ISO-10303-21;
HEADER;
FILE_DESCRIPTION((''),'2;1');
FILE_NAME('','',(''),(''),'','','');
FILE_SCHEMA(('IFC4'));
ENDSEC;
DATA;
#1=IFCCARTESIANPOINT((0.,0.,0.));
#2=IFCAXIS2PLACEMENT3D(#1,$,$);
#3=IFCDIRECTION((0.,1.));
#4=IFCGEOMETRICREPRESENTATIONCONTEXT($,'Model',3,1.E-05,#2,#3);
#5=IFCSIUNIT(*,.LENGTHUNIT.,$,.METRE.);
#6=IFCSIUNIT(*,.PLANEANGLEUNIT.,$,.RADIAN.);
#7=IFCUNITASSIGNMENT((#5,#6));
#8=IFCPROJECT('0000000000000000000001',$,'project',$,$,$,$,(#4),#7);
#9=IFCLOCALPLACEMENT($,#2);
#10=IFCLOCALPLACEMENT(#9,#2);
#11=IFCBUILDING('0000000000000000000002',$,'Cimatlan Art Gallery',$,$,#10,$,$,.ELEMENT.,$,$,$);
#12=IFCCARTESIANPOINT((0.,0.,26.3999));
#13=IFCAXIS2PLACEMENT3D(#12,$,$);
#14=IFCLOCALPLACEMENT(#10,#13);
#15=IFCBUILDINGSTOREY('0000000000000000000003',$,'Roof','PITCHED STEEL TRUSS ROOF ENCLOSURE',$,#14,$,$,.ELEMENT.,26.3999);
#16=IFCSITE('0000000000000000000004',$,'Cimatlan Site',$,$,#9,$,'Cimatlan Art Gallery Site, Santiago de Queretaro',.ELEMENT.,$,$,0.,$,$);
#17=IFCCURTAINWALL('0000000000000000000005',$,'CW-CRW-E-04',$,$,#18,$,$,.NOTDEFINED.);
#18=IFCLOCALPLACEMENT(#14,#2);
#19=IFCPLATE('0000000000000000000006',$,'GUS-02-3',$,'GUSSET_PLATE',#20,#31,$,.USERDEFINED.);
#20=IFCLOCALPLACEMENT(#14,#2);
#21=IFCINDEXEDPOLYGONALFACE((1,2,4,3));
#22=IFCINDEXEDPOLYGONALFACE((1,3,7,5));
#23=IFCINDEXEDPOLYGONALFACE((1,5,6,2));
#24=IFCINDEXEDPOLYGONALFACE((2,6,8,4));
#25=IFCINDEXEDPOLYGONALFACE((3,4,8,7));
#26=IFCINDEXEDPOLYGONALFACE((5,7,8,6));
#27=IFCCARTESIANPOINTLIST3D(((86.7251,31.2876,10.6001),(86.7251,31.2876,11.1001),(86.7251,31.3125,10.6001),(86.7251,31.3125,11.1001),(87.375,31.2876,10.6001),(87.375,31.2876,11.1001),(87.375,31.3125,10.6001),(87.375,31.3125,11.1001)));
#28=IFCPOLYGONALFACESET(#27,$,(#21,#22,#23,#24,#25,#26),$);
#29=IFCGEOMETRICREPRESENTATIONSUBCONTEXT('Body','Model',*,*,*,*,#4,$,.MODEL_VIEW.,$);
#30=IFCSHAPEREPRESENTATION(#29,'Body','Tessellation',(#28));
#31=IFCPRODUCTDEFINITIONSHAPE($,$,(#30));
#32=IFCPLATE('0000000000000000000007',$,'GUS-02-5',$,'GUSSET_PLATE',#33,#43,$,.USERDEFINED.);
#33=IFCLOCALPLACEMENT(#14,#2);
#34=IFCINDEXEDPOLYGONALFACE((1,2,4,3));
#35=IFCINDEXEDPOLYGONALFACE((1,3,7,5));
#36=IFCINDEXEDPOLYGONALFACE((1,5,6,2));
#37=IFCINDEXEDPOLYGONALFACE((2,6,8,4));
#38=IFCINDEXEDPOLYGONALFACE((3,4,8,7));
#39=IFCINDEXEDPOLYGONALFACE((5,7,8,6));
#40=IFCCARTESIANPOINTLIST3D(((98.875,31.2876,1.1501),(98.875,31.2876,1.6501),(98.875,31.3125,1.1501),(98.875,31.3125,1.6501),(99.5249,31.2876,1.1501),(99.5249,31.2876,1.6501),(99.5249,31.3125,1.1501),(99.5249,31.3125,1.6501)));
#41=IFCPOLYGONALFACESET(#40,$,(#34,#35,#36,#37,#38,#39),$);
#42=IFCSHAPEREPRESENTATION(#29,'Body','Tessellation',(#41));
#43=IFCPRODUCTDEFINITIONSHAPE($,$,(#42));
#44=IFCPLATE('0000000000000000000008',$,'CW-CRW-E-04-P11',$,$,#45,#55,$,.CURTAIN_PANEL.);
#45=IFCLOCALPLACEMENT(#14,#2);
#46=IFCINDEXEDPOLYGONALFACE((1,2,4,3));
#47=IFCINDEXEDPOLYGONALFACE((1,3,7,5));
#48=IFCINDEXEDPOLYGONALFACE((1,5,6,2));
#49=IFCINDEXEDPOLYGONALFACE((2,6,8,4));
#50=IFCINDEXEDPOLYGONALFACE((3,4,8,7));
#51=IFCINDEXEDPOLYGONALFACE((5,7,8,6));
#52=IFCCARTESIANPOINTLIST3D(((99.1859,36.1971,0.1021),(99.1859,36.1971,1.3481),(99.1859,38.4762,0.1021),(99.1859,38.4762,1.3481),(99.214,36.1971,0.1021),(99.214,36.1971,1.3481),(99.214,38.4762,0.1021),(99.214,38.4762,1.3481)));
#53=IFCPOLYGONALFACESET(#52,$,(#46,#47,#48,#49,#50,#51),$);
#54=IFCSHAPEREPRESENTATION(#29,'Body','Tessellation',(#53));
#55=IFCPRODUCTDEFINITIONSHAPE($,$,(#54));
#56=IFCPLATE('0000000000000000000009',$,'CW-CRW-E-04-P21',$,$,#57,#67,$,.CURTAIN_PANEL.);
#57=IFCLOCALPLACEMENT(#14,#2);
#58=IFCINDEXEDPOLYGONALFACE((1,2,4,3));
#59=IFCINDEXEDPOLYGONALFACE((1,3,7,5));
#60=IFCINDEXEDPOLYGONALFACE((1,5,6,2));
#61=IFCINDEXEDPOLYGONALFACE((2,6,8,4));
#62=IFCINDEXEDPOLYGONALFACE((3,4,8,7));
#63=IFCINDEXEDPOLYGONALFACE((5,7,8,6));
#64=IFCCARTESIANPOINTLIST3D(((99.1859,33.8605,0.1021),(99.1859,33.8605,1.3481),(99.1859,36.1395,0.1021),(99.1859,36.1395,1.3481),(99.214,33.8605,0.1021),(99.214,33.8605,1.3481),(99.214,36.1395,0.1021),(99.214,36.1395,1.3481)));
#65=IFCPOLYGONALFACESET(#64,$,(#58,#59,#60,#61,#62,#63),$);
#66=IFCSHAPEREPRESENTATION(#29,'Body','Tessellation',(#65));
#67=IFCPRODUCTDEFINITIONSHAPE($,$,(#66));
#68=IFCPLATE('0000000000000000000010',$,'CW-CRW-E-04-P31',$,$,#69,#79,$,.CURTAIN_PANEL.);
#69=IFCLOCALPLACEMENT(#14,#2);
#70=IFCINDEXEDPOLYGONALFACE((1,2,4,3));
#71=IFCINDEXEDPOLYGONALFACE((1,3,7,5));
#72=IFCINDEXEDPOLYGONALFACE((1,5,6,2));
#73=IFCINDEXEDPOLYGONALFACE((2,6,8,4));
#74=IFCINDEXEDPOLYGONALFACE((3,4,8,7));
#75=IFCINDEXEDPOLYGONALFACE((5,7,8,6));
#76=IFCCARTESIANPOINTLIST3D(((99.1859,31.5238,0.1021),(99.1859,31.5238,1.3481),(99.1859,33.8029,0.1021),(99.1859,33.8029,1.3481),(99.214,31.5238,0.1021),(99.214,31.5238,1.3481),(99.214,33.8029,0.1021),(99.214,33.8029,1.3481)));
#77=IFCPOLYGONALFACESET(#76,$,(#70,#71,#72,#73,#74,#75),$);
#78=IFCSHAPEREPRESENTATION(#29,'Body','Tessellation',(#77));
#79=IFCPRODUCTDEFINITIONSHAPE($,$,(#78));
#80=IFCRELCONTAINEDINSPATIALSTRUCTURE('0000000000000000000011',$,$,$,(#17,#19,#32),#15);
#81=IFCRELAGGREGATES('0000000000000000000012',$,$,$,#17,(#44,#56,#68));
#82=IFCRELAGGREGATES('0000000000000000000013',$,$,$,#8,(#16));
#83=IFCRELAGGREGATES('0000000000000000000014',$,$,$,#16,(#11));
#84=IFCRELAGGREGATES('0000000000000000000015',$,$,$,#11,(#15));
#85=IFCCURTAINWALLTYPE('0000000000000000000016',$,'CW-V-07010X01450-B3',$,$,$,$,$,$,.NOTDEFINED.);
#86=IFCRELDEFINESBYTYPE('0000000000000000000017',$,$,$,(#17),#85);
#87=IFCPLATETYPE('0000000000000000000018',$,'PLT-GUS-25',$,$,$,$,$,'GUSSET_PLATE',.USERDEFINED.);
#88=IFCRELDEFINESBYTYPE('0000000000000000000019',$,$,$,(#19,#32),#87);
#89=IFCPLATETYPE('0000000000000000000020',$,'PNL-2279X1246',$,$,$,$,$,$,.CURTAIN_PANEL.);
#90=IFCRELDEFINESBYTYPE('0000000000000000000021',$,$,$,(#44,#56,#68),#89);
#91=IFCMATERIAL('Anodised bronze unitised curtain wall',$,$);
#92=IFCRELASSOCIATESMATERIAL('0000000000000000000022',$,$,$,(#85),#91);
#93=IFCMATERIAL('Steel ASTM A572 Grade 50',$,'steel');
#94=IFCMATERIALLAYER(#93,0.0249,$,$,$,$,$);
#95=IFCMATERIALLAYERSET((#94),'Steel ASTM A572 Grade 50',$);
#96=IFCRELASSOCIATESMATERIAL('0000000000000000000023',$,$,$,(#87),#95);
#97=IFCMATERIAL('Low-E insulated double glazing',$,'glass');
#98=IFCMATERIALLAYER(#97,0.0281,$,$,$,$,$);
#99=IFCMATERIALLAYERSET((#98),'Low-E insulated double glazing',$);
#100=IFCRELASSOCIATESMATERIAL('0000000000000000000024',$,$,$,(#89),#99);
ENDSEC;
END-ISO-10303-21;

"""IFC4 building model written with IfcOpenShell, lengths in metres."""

from ifc_helpers import new_model, si_unit, direction, frame, origin, origin_2d, place, context, subcontext, project, spatial, rectangle, extrude, material, layer, layer_set, type_object, element, aggregate, save


model = new_model("IFC4")

# Units and contexts
model_context = context("Model", 3, precision=1e-05, world=origin(), true_north=direction((0.0, 1.0)))
body_context = subcontext(model_context, "Body", "Model", "MODEL_VIEW")
ifc_project = project(units=[si_unit("LENGTHUNIT", "METRE"), si_unit("PLANEANGLEUNIT", "RADIAN")], contexts=[model_context])

# Site, building, storey
site_placement = place(None, origin())
site = spatial("IfcSite", under=ifc_project, at=site_placement, Name="Cimatlan Site", LongName="Cimatlan Art Gallery Site, Santiago de Queretaro", CompositionType="ELEMENT", RefElevation=0.0)
building_placement = place(site_placement, origin())
building = spatial("IfcBuilding", under=site, at=building_placement, Name="Cimatlan Art Gallery", CompositionType="ELEMENT")
storey_placement = place(building_placement, frame((0.0, 0.0, 26.3999)))
storey = spatial("IfcBuildingStorey", under=building, at=storey_placement, Name="Roof", Description="PITCHED STEEL TRUSS ROOF ENCLOSURE", CompositionType="ELEMENT", Elevation=26.3999)

# Shared definitions
ifc_material_1 = material(Name="Anodised bronze unitised curtain wall")
curtain_wall_type = type_object("IfcCurtainWallType", Name="CW-V-07010X01450-B3", PredefinedType="NOTDEFINED", material=ifc_material_1)

# Curtain wall
curtain_wall_1_placement = place(storey_placement, origin())
curtain_wall_1 = element("IfcCurtainWall", 1, at=curtain_wall_1_placement, inside=storey, type_object=curtain_wall_type, Name="CW-CRW-E-04", PredefinedType="NOTDEFINED")

# Plates
ifc_material_2 = material(Name="Steel ASTM A572 Grade 50", Category="steel")
ifc_layer_1 = layer(ifc_material_2, 0.0249)
ifc_layer_set_1 = layer_set([ifc_layer_1], Name="Steel ASTM A572 Grade 50")
plate_type_1 = type_object("IfcPlateType", Name="PLT-GUS-25", ElementType="GUSSET_PLATE", PredefinedType="USERDEFINED", material=ifc_layer_set_1)
for number, where, z_axis, x_axis, name in (
    (2, (87.05, 31.3, 10.6001), (0.0, 0.0, 1.0), (1.0, 0.0, 0.0), "GUS-02-3"),
    (3, (99.2, 31.3, 1.1501), (0.0, 0.0, 1.0), (1.0, 0.0, 0.0), "GUS-02-5"),
):
    element("IfcPlate", number, at=place(storey_placement, frame(where, z_axis=z_axis, x_axis=x_axis)), inside=storey, type_object=plate_type_1, Name=name, ObjectType="GUSSET_PLATE", PredefinedType="USERDEFINED", context=body_context, shape_type="SweptSolid", body=[
        extrude(rectangle(XDim=0.6499, YDim=0.0249, at=origin_2d()), origin(), (0.0, 0.0, 1.0), 0.5),
    ])

# Plates
ifc_material_3 = material(Name="Low-E insulated double glazing", Category="glass")
ifc_layer_2 = layer(ifc_material_3, 0.0281)
ifc_layer_set_2 = layer_set([ifc_layer_2], Name="Low-E insulated double glazing")
plate_type_2 = type_object("IfcPlateType", Name="PNL-2279X1246", PredefinedType="CURTAIN_PANEL", material=ifc_layer_set_2)
plate_1_placement = place(storey_placement, frame((99.2, 37.3367, 0.1021), z_axis=(0.0, 0.0, 1.0), x_axis=(0.0, -1.0, 0.0)))
plate_1 = element("IfcPlate", 4, at=plate_1_placement, type_object=plate_type_2, Name="CW-CRW-E-04-P11", PredefinedType="CURTAIN_PANEL", context=body_context, shape_type="SweptSolid", body=[
    extrude(rectangle(XDim=2.2791, YDim=0.0281, at=origin_2d()), origin(), (0.0, 0.0, 1.0), 1.2461),
])
plate_2_placement = place(storey_placement, frame((99.2, 35.0, 0.1021), z_axis=(0.0, 0.0, 1.0), x_axis=(0.0, -1.0, 0.0)))
plate_2 = element("IfcPlate", 5, at=plate_2_placement, type_object=plate_type_2, Name="CW-CRW-E-04-P21", PredefinedType="CURTAIN_PANEL", context=body_context, shape_type="SweptSolid", body=[
    extrude(rectangle(XDim=2.2791, YDim=0.0281, at=origin_2d()), origin(), (0.0, 0.0, 1.0), 1.2461),
])
plate_3_placement = place(storey_placement, frame((99.2, 32.6633, 0.1021), z_axis=(0.0, 0.0, 1.0), x_axis=(0.0, -1.0, 0.0)))
plate_3 = element("IfcPlate", 6, at=plate_3_placement, type_object=plate_type_2, Name="CW-CRW-E-04-P31", PredefinedType="CURTAIN_PANEL", context=body_context, shape_type="SweptSolid", body=[
    extrude(rectangle(XDim=2.2791, YDim=0.0281, at=origin_2d()), origin(), (0.0, 0.0, 1.0), 1.2461),
])
aggregate(curtain_wall_1, [plate_1, plate_2, plate_3])

save(model, "model.ifc")
